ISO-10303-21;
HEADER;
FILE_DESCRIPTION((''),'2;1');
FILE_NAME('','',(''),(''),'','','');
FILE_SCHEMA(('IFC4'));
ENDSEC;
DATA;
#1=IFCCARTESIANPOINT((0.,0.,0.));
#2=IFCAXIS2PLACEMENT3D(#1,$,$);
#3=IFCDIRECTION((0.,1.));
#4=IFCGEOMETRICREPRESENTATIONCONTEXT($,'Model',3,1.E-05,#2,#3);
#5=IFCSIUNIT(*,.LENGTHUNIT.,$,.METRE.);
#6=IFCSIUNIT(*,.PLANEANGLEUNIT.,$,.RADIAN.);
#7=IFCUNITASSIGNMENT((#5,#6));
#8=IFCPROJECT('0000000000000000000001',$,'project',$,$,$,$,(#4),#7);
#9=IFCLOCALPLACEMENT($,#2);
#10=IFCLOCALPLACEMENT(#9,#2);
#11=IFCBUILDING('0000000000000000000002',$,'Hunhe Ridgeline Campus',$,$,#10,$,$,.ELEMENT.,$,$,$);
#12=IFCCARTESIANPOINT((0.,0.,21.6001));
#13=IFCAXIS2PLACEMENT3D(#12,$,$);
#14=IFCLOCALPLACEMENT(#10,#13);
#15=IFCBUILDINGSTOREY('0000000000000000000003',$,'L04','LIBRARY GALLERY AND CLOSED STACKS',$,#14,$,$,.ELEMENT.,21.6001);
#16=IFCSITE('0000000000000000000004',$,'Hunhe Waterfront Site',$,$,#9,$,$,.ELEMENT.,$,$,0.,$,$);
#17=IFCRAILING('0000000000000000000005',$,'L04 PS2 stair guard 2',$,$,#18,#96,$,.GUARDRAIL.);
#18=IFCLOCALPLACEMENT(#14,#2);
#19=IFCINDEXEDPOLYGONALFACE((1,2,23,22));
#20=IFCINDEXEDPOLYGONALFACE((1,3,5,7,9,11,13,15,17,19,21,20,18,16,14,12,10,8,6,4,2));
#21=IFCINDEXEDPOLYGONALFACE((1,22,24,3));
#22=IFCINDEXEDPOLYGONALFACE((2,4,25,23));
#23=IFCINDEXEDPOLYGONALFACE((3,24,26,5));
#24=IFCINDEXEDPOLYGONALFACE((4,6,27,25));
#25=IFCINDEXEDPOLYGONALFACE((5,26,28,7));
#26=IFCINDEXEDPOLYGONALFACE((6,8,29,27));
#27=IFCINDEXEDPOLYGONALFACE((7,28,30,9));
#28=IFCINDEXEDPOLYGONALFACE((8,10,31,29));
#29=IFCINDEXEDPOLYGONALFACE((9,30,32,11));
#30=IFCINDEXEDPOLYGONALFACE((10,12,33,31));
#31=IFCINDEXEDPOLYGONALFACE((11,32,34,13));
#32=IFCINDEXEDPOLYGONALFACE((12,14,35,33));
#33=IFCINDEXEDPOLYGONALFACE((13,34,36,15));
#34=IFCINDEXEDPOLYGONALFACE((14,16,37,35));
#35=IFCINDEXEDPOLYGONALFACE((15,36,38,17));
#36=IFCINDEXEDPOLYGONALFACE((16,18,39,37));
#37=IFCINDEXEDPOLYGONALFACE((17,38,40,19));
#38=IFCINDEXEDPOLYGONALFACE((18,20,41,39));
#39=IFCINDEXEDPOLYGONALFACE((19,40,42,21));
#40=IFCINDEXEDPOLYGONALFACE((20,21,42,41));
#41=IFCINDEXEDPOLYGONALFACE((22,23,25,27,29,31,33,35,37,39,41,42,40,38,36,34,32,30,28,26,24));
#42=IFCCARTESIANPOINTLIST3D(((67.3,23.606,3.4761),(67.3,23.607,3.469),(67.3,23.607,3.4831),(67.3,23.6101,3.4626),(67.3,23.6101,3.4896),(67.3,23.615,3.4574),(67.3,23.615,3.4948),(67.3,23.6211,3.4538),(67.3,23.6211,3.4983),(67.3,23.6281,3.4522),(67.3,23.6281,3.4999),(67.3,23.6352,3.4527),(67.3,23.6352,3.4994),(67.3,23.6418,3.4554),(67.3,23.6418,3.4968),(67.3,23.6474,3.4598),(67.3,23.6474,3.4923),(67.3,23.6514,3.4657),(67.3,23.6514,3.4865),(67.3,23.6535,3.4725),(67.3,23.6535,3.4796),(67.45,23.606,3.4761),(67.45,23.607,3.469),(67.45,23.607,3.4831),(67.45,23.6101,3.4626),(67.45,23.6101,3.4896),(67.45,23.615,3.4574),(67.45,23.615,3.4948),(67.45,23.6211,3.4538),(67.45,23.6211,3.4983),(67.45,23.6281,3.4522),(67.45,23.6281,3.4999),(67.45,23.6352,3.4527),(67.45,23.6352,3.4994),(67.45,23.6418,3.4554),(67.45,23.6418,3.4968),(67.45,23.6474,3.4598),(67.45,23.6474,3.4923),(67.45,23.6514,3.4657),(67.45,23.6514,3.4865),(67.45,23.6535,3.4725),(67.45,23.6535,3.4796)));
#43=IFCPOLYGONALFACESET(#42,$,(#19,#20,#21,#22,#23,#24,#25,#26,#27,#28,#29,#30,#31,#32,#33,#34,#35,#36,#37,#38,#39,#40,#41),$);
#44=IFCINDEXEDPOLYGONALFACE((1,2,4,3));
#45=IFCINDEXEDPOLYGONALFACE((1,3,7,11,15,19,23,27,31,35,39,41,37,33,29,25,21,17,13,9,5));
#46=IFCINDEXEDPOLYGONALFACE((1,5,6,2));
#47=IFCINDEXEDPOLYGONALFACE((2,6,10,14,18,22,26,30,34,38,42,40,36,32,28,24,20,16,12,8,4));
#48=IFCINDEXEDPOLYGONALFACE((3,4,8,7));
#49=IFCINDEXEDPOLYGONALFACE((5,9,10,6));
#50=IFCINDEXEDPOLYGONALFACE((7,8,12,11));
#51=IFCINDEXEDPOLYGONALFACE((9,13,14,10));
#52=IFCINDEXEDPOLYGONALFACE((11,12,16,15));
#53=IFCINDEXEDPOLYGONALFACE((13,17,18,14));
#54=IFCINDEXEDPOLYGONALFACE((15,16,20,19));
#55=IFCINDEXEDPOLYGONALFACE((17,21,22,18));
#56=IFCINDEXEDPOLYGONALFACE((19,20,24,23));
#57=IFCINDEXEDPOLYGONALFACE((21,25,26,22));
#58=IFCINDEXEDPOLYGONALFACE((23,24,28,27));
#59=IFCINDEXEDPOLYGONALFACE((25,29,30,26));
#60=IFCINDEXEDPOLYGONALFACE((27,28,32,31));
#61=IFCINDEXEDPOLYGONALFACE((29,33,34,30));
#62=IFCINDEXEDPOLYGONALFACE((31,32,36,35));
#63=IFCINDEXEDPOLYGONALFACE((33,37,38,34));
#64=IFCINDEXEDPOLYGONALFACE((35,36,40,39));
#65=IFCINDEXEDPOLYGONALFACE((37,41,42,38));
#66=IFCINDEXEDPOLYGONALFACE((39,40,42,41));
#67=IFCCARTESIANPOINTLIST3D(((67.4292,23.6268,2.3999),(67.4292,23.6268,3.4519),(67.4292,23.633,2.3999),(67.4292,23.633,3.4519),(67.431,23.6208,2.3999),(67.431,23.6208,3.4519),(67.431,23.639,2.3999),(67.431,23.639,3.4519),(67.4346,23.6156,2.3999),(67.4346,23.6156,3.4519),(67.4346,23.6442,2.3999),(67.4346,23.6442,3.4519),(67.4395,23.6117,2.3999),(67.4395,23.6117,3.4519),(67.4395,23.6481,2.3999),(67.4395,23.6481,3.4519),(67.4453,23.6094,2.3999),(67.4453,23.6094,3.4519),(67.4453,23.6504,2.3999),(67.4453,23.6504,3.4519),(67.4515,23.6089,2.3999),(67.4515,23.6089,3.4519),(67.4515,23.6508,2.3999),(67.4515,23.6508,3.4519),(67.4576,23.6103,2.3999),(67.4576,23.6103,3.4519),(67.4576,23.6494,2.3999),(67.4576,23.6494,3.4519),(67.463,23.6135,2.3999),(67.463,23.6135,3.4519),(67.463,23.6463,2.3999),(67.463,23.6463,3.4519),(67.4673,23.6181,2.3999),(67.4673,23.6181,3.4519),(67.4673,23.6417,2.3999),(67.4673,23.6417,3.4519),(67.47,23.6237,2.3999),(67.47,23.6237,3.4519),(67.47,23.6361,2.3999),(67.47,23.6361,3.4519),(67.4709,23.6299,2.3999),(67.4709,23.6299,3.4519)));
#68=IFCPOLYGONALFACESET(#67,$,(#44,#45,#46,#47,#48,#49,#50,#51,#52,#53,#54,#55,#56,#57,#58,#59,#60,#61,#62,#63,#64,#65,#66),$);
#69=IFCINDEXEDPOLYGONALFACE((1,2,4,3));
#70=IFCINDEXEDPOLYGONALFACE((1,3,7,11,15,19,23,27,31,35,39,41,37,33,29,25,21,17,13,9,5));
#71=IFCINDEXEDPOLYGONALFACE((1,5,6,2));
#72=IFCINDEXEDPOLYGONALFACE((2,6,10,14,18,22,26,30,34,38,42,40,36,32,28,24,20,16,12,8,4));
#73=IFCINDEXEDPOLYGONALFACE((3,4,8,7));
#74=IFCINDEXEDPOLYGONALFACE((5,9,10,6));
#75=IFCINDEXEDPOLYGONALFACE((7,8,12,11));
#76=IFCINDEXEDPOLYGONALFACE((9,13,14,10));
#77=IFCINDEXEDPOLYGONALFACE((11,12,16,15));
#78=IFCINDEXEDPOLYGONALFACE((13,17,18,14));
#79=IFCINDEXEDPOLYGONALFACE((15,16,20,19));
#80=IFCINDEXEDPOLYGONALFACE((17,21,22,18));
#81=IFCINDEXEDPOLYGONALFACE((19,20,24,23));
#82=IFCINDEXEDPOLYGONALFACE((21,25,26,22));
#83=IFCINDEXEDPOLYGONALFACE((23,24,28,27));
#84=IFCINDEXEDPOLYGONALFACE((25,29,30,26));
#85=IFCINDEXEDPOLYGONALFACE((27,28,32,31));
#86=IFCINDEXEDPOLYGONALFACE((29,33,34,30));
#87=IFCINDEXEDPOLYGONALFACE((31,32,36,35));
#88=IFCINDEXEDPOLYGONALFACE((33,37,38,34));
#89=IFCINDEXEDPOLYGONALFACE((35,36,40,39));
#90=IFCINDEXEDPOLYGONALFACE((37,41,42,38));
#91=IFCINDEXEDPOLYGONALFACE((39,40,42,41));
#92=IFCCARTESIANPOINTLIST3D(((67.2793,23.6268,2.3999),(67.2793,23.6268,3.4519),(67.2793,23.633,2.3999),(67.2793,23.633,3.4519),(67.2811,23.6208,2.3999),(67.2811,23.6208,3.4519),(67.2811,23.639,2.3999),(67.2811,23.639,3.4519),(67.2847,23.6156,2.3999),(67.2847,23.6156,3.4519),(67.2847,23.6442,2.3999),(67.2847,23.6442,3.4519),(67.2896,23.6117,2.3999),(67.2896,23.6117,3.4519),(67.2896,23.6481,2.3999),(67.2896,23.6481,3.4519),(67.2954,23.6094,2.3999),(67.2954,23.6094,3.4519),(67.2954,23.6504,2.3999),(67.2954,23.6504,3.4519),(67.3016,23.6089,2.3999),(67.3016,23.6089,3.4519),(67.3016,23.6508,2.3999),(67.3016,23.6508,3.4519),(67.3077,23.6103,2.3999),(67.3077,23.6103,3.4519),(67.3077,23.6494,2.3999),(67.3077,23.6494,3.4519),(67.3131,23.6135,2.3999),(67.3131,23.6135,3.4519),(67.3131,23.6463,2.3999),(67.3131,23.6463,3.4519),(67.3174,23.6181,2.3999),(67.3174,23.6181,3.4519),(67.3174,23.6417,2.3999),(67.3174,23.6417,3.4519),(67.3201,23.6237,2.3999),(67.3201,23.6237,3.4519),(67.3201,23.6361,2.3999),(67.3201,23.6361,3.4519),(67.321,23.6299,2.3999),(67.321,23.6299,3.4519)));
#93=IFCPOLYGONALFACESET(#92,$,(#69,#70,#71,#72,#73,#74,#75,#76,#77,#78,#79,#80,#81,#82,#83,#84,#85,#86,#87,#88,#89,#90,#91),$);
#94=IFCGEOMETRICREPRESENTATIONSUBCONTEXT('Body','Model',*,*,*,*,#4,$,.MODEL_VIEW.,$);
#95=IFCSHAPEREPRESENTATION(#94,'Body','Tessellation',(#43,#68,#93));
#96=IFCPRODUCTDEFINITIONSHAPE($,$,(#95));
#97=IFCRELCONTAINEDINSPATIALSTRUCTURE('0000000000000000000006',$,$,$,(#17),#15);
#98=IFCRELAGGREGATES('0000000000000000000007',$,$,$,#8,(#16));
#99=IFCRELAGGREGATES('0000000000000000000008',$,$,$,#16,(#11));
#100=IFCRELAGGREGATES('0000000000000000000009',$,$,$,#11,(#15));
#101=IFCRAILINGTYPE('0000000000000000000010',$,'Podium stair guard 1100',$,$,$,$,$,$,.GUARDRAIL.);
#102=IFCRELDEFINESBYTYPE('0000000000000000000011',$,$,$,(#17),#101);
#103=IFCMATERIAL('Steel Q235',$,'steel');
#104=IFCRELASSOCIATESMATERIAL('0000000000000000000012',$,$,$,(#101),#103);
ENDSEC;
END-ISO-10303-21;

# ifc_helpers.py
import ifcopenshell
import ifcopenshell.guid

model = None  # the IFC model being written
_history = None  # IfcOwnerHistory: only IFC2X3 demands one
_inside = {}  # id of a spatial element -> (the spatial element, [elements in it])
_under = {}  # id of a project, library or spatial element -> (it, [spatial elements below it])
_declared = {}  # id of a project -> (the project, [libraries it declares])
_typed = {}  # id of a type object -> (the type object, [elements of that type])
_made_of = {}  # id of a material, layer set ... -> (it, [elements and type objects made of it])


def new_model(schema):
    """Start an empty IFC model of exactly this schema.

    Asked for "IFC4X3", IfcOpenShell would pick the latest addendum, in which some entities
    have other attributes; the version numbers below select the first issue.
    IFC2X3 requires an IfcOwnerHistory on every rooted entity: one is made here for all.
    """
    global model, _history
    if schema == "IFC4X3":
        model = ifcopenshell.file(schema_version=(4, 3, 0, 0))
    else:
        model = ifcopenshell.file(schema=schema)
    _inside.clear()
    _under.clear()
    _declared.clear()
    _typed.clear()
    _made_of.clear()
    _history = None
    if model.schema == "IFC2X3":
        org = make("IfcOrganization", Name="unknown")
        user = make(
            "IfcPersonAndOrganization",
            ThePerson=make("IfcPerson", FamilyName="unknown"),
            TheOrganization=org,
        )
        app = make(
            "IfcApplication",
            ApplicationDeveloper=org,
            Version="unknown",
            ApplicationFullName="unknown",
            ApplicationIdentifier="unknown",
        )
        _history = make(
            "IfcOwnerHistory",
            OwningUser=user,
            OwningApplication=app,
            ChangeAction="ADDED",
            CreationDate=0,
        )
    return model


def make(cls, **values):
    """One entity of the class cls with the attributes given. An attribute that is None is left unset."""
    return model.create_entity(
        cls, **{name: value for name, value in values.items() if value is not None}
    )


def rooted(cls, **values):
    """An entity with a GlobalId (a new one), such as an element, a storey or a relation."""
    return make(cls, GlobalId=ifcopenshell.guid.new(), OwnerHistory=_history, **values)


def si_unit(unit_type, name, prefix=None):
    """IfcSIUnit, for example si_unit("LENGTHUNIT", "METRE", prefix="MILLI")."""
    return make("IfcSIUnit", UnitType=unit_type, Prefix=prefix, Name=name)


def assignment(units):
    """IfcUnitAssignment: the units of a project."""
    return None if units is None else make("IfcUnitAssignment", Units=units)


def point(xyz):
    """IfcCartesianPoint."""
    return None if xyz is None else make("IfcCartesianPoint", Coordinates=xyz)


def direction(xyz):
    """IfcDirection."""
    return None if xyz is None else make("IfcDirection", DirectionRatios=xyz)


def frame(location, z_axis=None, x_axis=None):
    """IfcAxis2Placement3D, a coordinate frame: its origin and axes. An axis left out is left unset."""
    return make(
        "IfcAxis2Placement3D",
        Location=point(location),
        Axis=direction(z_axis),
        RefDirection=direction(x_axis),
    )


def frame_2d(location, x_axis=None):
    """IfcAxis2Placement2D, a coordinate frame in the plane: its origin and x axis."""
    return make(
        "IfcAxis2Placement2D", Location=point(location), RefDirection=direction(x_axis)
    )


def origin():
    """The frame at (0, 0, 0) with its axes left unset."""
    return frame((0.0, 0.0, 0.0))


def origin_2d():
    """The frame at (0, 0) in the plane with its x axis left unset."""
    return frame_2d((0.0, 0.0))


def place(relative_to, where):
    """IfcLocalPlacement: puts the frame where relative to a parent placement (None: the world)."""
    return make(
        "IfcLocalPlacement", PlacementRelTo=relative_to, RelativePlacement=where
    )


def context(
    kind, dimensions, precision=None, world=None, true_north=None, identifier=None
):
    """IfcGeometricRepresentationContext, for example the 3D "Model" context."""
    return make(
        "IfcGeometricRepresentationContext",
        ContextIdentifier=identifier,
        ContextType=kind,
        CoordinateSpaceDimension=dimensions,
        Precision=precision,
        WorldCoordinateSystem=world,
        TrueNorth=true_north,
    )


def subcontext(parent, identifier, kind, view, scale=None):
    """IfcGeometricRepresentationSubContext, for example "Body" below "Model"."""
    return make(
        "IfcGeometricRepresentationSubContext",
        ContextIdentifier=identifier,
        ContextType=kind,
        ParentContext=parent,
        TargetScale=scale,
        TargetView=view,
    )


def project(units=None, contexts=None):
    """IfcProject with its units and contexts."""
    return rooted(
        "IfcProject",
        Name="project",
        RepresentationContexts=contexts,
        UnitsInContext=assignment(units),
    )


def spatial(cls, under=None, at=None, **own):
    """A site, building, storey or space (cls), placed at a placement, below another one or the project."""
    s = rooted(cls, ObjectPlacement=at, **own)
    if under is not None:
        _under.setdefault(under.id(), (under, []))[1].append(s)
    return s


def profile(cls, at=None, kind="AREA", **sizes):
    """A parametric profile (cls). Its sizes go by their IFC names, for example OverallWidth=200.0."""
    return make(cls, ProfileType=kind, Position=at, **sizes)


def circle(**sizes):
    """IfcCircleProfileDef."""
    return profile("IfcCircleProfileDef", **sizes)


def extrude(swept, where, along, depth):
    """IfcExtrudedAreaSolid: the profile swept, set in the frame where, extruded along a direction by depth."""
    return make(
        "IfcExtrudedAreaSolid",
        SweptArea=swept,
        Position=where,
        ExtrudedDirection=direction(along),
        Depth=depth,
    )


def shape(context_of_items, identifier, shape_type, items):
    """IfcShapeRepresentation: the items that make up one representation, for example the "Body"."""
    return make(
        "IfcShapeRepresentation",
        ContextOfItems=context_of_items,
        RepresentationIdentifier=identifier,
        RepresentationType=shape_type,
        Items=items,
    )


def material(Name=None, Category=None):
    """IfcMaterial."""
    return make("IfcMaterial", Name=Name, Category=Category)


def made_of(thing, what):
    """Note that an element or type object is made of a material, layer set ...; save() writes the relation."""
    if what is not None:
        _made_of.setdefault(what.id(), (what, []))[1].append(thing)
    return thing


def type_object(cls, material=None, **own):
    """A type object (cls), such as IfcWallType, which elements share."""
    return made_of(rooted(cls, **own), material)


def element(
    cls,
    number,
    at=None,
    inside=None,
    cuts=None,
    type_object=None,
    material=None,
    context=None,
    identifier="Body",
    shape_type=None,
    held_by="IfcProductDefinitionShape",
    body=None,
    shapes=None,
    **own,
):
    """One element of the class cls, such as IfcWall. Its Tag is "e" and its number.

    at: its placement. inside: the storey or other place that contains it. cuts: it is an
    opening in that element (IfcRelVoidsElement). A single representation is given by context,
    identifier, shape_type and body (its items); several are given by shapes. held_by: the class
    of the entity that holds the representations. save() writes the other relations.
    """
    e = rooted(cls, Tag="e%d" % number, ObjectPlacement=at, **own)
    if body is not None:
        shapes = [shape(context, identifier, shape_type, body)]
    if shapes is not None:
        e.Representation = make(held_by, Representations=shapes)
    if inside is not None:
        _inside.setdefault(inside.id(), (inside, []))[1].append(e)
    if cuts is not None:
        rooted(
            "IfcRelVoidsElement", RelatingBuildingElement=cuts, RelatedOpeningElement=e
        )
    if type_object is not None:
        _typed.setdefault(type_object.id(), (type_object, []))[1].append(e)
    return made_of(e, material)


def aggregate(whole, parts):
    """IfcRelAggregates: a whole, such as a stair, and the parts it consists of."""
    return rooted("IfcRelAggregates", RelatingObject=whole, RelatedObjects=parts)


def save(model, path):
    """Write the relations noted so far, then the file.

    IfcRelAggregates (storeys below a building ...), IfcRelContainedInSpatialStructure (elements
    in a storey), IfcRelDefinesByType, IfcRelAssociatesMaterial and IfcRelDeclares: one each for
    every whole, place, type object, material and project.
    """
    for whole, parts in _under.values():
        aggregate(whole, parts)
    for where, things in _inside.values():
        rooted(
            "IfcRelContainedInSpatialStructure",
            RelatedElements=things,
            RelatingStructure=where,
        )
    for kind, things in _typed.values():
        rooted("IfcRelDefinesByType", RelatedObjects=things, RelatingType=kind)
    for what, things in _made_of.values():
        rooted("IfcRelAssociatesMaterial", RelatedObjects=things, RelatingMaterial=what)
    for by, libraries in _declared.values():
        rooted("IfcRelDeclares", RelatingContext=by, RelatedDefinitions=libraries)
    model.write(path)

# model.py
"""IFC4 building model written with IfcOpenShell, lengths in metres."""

from ifc_helpers import new_model, si_unit, direction, frame, origin, origin_2d, place, context, subcontext, project, spatial, circle, extrude, material, type_object, element, save


model = new_model("IFC4")

# Units and contexts
model_context = context("Model", 3, precision=1e-05, world=origin(), true_north=direction((0.0, 1.0)))
body_context = subcontext(model_context, "Body", "Model", "MODEL_VIEW")
ifc_project = project(units=[si_unit("LENGTHUNIT", "METRE"), si_unit("PLANEANGLEUNIT", "RADIAN")], contexts=[model_context])

# Site, building, storey
site_placement = place(None, origin())
site = spatial("IfcSite", under=ifc_project, at=site_placement, Name="Hunhe Waterfront Site", CompositionType="ELEMENT", RefElevation=0.0)
building_placement = place(site_placement, origin())
building = spatial("IfcBuilding", under=site, at=building_placement, Name="Hunhe Ridgeline Campus", CompositionType="ELEMENT")
storey_placement = place(building_placement, frame((0.0, 0.0, 21.6001)))
storey = spatial("IfcBuildingStorey", under=building, at=storey_placement, Name="L04", Description="LIBRARY GALLERY AND CLOSED STACKS", CompositionType="ELEMENT", Elevation=21.6001)

# Shared definitions
ifc_material_1 = material(Name="Steel Q235", Category="steel")

# Railing
railing_type_1 = type_object("IfcRailingType", Name="Podium stair guard 1100", PredefinedType="GUARDRAIL", material=ifc_material_1)
railing_1_placement = place(storey_placement, frame((67.45, 23.6299, 2.3999)))
element("IfcRailing", 1, at=railing_1_placement, inside=storey, type_object=railing_type_1, Name="L04 PS2 stair guard 2", PredefinedType="GUARDRAIL", context=body_context, shape_type="SweptSolid", body=[
    extrude(circle(Radius=0.0239, at=origin_2d()), frame((0.0, 0.0, 1.0762), z_axis=(-1.0, 0.0, 0.0), x_axis=(0.0, -1.0, 0.0)), (0.0, 0.0, 1.0), 0.1499),
    extrude(circle(Radius=0.021, at=origin_2d()), origin(), (0.0, 0.0, 1.0), 1.052),
    extrude(circle(Radius=0.021, at=origin_2d()), frame((-0.1499, 0.0, 0.0)), (0.0, 0.0, 1.0), 1.052),
])

save(model, "model.ifc")
